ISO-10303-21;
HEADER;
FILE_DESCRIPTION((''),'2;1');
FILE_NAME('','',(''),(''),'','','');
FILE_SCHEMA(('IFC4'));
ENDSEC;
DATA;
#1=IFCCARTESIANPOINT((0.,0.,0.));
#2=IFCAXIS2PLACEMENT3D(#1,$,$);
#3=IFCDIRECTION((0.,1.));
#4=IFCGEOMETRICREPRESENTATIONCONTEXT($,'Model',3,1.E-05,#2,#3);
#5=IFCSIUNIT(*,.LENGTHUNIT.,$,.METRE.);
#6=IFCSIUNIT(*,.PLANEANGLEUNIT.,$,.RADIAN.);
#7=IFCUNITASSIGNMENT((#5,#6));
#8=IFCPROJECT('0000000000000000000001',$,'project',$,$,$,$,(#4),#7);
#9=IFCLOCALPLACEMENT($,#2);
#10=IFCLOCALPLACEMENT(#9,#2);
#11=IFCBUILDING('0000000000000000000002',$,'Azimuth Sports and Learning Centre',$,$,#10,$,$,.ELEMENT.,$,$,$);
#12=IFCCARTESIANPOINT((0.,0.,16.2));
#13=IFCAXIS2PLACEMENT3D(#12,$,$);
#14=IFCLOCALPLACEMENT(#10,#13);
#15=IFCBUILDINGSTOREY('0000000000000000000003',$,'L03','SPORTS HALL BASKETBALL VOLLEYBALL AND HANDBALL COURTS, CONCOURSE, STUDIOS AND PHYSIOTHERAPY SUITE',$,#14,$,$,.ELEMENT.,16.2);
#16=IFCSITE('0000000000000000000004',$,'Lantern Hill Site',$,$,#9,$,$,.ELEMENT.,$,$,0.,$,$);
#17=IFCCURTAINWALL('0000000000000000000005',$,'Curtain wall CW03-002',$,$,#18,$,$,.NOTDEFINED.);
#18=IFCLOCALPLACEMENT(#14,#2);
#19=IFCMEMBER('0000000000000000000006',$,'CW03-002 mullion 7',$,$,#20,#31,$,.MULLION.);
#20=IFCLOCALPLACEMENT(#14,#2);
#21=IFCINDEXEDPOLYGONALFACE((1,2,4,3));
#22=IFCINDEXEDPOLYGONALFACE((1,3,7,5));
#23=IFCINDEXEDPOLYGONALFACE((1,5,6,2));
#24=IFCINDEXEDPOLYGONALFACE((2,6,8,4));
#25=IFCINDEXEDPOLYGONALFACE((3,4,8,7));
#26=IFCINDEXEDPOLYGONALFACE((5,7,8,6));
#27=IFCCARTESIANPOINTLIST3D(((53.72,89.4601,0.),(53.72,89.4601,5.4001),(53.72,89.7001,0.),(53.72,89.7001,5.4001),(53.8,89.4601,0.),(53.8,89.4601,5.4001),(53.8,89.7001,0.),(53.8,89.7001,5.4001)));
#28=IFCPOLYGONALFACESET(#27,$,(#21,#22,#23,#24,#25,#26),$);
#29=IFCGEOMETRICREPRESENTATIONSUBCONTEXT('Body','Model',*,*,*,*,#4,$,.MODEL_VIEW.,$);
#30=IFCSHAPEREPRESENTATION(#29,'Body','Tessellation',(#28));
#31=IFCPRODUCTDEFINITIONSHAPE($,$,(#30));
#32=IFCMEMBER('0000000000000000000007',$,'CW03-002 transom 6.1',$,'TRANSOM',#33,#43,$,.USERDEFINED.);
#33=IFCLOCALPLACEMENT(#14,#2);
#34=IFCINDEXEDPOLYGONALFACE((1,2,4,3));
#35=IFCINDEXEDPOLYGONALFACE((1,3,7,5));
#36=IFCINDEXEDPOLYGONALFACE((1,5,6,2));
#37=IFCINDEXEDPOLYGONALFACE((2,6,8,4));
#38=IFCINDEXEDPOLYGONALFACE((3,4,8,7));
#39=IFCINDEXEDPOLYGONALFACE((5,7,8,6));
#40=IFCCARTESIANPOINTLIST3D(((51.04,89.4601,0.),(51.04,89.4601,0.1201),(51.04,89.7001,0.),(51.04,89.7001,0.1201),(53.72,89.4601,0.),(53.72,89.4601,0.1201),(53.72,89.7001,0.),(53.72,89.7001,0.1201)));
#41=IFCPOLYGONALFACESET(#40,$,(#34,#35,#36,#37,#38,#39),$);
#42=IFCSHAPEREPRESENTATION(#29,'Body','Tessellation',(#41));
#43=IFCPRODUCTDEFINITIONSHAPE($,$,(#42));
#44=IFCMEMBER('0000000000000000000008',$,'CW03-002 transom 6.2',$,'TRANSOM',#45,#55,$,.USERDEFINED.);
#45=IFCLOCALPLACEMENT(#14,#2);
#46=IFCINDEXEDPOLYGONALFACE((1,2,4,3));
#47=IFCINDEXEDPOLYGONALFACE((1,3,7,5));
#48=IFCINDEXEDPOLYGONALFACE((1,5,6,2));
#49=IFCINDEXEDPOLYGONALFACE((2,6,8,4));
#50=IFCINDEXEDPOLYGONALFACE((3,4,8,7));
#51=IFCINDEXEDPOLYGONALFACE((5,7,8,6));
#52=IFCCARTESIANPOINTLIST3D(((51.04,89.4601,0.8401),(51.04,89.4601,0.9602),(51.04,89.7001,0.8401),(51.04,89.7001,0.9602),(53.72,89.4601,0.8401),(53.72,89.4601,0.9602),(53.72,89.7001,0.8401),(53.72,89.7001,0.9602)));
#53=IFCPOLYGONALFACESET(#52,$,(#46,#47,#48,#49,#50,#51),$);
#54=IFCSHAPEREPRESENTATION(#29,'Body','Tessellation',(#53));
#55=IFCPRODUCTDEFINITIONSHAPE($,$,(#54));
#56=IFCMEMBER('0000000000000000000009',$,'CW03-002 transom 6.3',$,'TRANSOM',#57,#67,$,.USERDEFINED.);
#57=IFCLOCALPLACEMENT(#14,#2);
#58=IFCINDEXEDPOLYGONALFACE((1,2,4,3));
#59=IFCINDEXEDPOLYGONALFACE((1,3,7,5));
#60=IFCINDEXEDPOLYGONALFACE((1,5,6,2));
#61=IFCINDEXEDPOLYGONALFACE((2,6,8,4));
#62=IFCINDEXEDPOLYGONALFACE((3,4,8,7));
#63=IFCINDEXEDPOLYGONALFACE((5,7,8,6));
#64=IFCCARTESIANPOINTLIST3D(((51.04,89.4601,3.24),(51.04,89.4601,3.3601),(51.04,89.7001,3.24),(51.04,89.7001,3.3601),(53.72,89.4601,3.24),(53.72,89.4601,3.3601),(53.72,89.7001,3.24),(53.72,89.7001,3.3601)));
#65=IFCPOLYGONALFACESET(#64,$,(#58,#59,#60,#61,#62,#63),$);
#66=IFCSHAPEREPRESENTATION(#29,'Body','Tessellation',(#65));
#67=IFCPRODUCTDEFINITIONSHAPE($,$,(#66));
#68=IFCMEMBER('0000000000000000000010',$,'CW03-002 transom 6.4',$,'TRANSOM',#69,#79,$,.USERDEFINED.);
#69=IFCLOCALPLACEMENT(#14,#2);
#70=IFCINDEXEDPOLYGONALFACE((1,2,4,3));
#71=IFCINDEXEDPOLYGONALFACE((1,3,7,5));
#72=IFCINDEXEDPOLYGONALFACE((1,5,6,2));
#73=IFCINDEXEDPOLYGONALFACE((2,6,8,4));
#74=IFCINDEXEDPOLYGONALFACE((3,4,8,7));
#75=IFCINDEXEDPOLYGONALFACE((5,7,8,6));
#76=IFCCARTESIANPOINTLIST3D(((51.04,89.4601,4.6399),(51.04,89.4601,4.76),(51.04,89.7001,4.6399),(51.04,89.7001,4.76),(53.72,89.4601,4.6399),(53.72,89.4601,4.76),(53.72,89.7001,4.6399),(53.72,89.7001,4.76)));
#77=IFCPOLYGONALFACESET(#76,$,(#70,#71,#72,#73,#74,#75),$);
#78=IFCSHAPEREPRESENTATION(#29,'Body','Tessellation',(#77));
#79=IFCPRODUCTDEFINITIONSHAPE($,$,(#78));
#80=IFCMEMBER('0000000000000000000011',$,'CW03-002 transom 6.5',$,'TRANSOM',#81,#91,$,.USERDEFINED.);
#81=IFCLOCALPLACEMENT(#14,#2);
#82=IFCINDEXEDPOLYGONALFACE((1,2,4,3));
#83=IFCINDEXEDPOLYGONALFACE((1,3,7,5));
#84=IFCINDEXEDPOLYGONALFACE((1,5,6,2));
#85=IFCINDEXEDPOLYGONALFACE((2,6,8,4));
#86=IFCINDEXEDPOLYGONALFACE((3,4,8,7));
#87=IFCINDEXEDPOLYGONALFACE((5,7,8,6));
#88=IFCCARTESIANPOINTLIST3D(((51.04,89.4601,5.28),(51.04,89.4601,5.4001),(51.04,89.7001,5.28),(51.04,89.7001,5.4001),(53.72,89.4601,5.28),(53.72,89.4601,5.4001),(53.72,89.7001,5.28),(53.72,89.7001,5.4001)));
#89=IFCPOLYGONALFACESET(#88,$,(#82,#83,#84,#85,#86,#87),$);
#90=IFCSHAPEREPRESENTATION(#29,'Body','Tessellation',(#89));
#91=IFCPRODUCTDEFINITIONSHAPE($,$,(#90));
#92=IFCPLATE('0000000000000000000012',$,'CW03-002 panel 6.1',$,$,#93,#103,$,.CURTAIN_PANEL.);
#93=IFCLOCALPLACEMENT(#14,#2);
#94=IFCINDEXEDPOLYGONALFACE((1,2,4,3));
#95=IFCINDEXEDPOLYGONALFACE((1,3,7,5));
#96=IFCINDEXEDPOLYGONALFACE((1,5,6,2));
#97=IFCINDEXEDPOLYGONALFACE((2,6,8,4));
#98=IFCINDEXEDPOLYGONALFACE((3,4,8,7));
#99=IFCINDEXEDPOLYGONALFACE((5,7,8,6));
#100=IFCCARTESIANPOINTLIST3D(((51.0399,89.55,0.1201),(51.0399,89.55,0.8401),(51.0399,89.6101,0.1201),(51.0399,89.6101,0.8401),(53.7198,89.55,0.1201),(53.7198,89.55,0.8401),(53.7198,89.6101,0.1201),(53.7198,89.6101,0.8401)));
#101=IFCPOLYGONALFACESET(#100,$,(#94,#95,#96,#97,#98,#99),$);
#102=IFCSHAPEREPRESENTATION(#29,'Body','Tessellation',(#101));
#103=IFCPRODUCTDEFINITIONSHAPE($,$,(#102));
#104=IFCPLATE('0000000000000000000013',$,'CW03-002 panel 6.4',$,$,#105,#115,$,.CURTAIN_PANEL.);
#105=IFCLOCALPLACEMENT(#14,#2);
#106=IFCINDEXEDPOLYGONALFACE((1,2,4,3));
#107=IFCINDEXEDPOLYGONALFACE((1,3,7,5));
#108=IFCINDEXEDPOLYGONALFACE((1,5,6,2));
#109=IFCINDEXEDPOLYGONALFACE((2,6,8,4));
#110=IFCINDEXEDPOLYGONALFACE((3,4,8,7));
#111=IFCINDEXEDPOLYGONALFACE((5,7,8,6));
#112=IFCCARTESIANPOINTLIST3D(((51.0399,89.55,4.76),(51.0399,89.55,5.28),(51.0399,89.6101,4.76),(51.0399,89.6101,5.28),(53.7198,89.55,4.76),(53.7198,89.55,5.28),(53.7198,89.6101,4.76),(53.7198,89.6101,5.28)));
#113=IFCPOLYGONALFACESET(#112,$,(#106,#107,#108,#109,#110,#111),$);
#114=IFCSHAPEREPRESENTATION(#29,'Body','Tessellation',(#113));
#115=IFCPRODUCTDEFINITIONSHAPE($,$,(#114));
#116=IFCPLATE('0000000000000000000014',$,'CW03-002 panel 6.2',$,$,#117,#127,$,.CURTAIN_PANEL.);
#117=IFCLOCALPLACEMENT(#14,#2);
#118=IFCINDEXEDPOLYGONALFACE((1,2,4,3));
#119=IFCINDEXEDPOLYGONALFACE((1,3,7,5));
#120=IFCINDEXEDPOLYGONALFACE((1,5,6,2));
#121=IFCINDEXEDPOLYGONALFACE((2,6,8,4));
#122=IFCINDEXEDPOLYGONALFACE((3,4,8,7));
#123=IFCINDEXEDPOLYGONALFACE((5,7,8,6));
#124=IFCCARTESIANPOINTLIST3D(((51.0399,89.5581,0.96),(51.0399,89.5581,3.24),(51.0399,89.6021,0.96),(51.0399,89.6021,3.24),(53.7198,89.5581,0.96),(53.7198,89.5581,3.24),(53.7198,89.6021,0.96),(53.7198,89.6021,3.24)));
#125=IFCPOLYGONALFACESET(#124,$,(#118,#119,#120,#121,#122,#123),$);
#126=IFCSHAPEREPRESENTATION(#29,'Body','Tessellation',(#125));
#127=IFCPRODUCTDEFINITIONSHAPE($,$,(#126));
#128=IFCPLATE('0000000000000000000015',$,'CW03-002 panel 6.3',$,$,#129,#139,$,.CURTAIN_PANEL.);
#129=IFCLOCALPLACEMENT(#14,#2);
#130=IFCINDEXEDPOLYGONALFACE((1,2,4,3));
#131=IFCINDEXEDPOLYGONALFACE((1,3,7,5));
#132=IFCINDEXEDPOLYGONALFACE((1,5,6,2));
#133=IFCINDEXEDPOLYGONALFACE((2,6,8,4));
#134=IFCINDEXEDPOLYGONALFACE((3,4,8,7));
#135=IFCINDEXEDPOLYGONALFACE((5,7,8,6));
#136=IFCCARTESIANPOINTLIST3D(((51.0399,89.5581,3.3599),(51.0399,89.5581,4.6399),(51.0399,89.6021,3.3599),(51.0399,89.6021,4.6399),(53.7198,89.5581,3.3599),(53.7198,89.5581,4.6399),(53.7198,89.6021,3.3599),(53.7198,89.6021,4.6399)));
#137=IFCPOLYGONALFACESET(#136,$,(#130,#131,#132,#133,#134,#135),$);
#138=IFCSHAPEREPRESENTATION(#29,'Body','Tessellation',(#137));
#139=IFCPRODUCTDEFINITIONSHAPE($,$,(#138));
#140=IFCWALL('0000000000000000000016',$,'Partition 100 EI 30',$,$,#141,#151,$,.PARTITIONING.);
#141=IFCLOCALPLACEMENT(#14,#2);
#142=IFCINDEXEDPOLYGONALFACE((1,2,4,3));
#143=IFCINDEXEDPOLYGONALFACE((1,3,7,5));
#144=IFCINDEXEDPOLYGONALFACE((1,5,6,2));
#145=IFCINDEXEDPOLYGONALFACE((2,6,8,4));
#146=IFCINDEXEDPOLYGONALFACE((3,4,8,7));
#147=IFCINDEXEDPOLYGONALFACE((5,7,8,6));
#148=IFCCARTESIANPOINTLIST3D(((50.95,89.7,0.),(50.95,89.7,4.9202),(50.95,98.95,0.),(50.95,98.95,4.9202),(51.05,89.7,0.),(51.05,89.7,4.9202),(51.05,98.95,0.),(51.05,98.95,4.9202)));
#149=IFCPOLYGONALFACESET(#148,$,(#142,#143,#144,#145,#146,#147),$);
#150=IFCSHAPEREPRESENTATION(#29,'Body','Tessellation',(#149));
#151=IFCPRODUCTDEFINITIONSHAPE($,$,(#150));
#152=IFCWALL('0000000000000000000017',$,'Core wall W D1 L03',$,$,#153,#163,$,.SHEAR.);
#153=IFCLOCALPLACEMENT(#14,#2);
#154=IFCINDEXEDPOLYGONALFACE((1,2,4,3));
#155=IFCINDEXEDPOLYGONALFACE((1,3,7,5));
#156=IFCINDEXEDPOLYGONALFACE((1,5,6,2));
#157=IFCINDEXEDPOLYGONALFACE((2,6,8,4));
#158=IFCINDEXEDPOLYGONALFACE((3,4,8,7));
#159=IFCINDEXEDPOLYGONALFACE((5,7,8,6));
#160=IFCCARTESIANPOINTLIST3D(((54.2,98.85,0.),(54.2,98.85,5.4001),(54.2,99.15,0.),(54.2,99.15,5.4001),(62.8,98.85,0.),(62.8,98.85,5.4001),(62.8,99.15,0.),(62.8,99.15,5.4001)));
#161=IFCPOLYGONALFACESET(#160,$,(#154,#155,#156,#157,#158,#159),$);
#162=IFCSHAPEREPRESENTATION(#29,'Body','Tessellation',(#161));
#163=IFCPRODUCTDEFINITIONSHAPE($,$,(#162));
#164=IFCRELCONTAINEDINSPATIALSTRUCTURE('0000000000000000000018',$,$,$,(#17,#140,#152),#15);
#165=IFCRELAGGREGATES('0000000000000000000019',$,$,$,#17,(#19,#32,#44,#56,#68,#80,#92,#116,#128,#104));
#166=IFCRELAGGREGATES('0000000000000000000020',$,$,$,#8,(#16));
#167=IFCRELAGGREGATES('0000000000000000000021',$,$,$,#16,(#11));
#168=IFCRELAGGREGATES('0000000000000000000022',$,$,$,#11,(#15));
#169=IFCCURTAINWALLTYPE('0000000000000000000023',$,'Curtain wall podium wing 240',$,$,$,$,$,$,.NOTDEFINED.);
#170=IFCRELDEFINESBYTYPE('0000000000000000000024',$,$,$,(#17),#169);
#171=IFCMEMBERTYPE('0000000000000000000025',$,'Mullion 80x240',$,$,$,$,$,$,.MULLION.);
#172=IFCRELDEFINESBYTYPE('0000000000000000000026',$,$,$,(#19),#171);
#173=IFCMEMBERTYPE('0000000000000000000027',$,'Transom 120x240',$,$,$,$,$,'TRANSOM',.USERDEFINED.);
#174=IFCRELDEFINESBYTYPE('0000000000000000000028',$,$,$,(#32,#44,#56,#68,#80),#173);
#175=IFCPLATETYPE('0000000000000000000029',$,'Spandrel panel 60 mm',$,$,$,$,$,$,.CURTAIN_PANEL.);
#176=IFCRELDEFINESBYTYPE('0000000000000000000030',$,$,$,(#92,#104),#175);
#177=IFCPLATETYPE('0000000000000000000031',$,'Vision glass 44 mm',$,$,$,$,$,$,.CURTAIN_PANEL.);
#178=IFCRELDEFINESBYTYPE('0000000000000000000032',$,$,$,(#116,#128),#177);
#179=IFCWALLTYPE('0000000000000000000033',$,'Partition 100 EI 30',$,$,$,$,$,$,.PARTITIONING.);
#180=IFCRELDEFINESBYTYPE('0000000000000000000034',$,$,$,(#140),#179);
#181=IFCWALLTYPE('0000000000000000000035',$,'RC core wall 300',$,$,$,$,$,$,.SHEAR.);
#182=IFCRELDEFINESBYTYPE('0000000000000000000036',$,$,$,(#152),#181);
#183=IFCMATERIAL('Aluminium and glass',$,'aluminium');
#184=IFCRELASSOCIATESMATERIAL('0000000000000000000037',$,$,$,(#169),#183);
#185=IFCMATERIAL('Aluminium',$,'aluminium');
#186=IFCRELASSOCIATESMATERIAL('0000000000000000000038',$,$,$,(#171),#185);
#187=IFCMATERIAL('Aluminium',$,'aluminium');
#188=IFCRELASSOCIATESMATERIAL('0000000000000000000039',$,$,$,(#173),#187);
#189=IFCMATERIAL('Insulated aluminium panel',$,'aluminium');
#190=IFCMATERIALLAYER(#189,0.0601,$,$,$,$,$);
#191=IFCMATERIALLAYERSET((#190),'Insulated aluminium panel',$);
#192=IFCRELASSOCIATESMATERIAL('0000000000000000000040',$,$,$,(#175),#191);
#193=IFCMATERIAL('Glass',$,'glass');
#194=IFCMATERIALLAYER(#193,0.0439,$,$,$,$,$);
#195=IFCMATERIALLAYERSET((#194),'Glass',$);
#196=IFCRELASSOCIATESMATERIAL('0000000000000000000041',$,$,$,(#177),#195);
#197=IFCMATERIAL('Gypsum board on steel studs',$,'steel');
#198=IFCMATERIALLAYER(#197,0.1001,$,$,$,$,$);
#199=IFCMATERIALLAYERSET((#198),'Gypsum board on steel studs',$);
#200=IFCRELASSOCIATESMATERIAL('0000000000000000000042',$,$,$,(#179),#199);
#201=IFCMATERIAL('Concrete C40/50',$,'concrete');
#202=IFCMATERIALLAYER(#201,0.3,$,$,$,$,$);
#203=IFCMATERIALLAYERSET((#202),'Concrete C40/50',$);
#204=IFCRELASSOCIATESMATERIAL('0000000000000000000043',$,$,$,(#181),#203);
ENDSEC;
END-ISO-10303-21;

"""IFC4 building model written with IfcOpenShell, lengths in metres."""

from ifc_helpers import new_model, si_unit, direction, frame, frame_2d, origin, origin_2d, place, context, subcontext, project, spatial, rectangle, extrude, material, layer, layer_set, material_profile, profile_set, type_object, element, aggregate, save


model = new_model("IFC4")

# Units and contexts
model_context = context("Model", 3, precision=1e-05, world=origin(), true_north=direction((0.0, 1.0)))
body_context = subcontext(model_context, "Body", "Model", "MODEL_VIEW")
ifc_project = project(units=[si_unit("LENGTHUNIT", "METRE"), si_unit("PLANEANGLEUNIT", "RADIAN")], contexts=[model_context])

# Site, building, storey
site_placement = place(None, origin())
site = spatial("IfcSite", under=ifc_project, at=site_placement, Name="Lantern Hill Site", CompositionType="ELEMENT", RefElevation=0.0)
building_placement = place(site_placement, origin())
building = spatial("IfcBuilding", under=site, at=building_placement, Name="Azimuth Sports and Learning Centre", CompositionType="ELEMENT")
storey_placement = place(building_placement, frame((0.0, 0.0, 16.2)))
storey = spatial("IfcBuildingStorey", under=building, at=storey_placement, Name="L03", Description="SPORTS HALL BASKETBALL VOLLEYBALL AND HANDBALL COURTS, CONCOURSE, STUDIOS AND PHYSIOTHERAPY SUITE", CompositionType="ELEMENT", Elevation=16.2)

# Curtain wall, members, plates
ifc_material_1 = material(Name="Aluminium and glass", Category="aluminium")
curtain_wall_type = type_object("IfcCurtainWallType", Name="Curtain wall podium wing 240", PredefinedType="NOTDEFINED", material=ifc_material_1)
curtain_wall_placement = place(storey_placement, origin())
curtain_wall = element("IfcCurtainWall", 1, at=curtain_wall_placement, inside=storey, type_object=curtain_wall_type, Name="Curtain wall CW03-002", PredefinedType="NOTDEFINED")
ifc_material_2 = material(Name="Aluminium", Category="aluminium")
ifc_material_profile_1 = material_profile(ifc_material_2, rectangle(XDim=0.24, YDim=0.0801, at=origin_2d()), Name="Mullion 80x240")
ifc_profile_set_1 = profile_set([ifc_material_profile_1], Name="Aluminium")
member_type_1 = type_object("IfcMemberType", Name="Mullion 80x240", PredefinedType="MULLION", material=ifc_profile_set_1)
member_1_placement = place(storey_placement, frame((53.76, 89.5801, 0.0), z_axis=(0.0, 0.0, 1.0), x_axis=(0.0, 1.0, 0.0)))
member_1 = element("IfcMember", 2, at=member_1_placement, type_object=member_type_1, Name="CW03-002 mullion 7", PredefinedType="MULLION", context=body_context, shape_type="SweptSolid", body=[
    extrude(rectangle(XDim=0.24, YDim=0.0801, at=origin_2d()), origin(), (0.0, 0.0, 1.0), 5.4001),
])
ifc_material_3 = material(Name="Aluminium", Category="aluminium")
ifc_material_profile_2 = material_profile(ifc_material_3, rectangle(XDim=0.24, YDim=0.1201, at=origin_2d()), Name="Transom 120x240")
ifc_profile_set_2 = profile_set([ifc_material_profile_2], Name="Aluminium")
member_type_2 = type_object("IfcMemberType", Name="Transom 120x240", ElementType="TRANSOM", PredefinedType="USERDEFINED", material=ifc_profile_set_2)
member_2_placement = place(storey_placement, frame((51.04, 89.5801, 0.0601), z_axis=(1.0, 0.0, 0.0), x_axis=(0.0, 1.0, 0.0)))
member_2 = element("IfcMember", 3, at=member_2_placement, type_object=member_type_2, Name="CW03-002 transom 6.1", ObjectType="TRANSOM", PredefinedType="USERDEFINED", context=body_context, shape_type="SweptSolid", body=[
    extrude(rectangle(XDim=0.24, YDim=0.1201, at=origin_2d()), origin(), (0.0, 0.0, 1.0), 2.6799),
])
member_3_placement = place(storey_placement, frame((51.04, 89.5801, 0.9001), z_axis=(1.0, 0.0, 0.0), x_axis=(0.0, 1.0, 0.0)))
member_3 = element("IfcMember", 4, at=member_3_placement, type_object=member_type_2, Name="CW03-002 transom 6.2", ObjectType="TRANSOM", PredefinedType="USERDEFINED", context=body_context, shape_type="SweptSolid", body=[
    extrude(rectangle(XDim=0.24, YDim=0.1201, at=origin_2d()), origin(), (0.0, 0.0, 1.0), 2.6799),
])
member_4_placement = place(storey_placement, frame((51.04, 89.5801, 3.3), z_axis=(1.0, 0.0, 0.0), x_axis=(0.0, 1.0, 0.0)))
member_4 = element("IfcMember", 5, at=member_4_placement, type_object=member_type_2, Name="CW03-002 transom 6.3", ObjectType="TRANSOM", PredefinedType="USERDEFINED", context=body_context, shape_type="SweptSolid", body=[
    extrude(rectangle(XDim=0.24, YDim=0.1201, at=origin_2d()), origin(), (0.0, 0.0, 1.0), 2.6799),
])
member_5_placement = place(storey_placement, frame((51.04, 89.5801, 4.7), z_axis=(1.0, 0.0, 0.0), x_axis=(0.0, 1.0, 0.0)))
member_5 = element("IfcMember", 6, at=member_5_placement, type_object=member_type_2, Name="CW03-002 transom 6.4", ObjectType="TRANSOM", PredefinedType="USERDEFINED", context=body_context, shape_type="SweptSolid", body=[
    extrude(rectangle(XDim=0.24, YDim=0.1201, at=origin_2d()), origin(), (0.0, 0.0, 1.0), 2.6799),
])
member_6_placement = place(storey_placement, frame((51.04, 89.5801, 5.3401), z_axis=(1.0, 0.0, 0.0), x_axis=(0.0, 1.0, 0.0)))
member_6 = element("IfcMember", 7, at=member_6_placement, type_object=member_type_2, Name="CW03-002 transom 6.5", ObjectType="TRANSOM", PredefinedType="USERDEFINED", context=body_context, shape_type="SweptSolid", body=[
    extrude(rectangle(XDim=0.24, YDim=0.1201, at=origin_2d()), origin(), (0.0, 0.0, 1.0), 2.6799),
])
ifc_material_4 = material(Name="Insulated aluminium panel", Category="aluminium")
ifc_layer_1 = layer(ifc_material_4, 0.0601)
ifc_layer_set_1 = layer_set([ifc_layer_1], Name="Insulated aluminium panel")
plate_type_1 = type_object("IfcPlateType", Name="Spandrel panel 60 mm", PredefinedType="CURTAIN_PANEL", material=ifc_layer_set_1)
plate_1_placement = place(storey_placement, frame((52.3799, 89.5801, 0.1201), z_axis=(0.0, 0.0, 1.0), x_axis=(1.0, 0.0, 0.0)))
plate_1 = element("IfcPlate", 8, at=plate_1_placement, type_object=plate_type_1, Name="CW03-002 panel 6.1", PredefinedType="CURTAIN_PANEL", context=body_context, shape_type="SweptSolid", body=[
    extrude(rectangle(XDim=2.6799, YDim=0.0601, at=origin_2d()), origin(), (0.0, 0.0, 1.0), 0.72),
])
plate_2_placement = place(storey_placement, frame((52.3799, 89.5801, 4.76), z_axis=(0.0, 0.0, 1.0), x_axis=(1.0, 0.0, 0.0)))
plate_2 = element("IfcPlate", 9, at=plate_2_placement, type_object=plate_type_1, Name="CW03-002 panel 6.4", PredefinedType="CURTAIN_PANEL", context=body_context, shape_type="SweptSolid", body=[
    extrude(rectangle(XDim=2.6799, YDim=0.0601, at=origin_2d()), origin(), (0.0, 0.0, 1.0), 0.52),
])
ifc_material_5 = material(Name="Glass", Category="glass")
ifc_layer_2 = layer(ifc_material_5, 0.0439)
ifc_layer_set_2 = layer_set([ifc_layer_2], Name="Glass")
plate_type_2 = type_object("IfcPlateType", Name="Vision glass 44 mm", PredefinedType="CURTAIN_PANEL", material=ifc_layer_set_2)
plate_3_placement = place(storey_placement, frame((52.3799, 89.5801, 0.96), z_axis=(0.0, 0.0, 1.0), x_axis=(1.0, 0.0, 0.0)))
plate_3 = element("IfcPlate", 10, at=plate_3_placement, type_object=plate_type_2, Name="CW03-002 panel 6.2", PredefinedType="CURTAIN_PANEL", context=body_context, shape_type="SweptSolid", body=[
    extrude(rectangle(XDim=2.6799, YDim=0.0439, at=origin_2d()), origin(), (0.0, 0.0, 1.0), 2.28),
])
plate_4_placement = place(storey_placement, frame((52.3799, 89.5801, 3.3599), z_axis=(0.0, 0.0, 1.0), x_axis=(1.0, 0.0, 0.0)))
plate_4 = element("IfcPlate", 11, at=plate_4_placement, type_object=plate_type_2, Name="CW03-002 panel 6.3", PredefinedType="CURTAIN_PANEL", context=body_context, shape_type="SweptSolid", body=[
    extrude(rectangle(XDim=2.6799, YDim=0.0439, at=origin_2d()), origin(), (0.0, 0.0, 1.0), 1.28),
])
aggregate(curtain_wall, [member_1, member_2, member_3, member_4, member_5, member_6, plate_1, plate_3, plate_4, plate_2])

# Walls
ifc_material_6 = material(Name="Gypsum board on steel studs", Category="steel")
ifc_layer_3 = layer(ifc_material_6, 0.1001)
ifc_layer_set_3 = layer_set([ifc_layer_3], Name="Gypsum board on steel studs")
wall_type_1 = type_object("IfcWallType", Name="Partition 100 EI 30", PredefinedType="PARTITIONING", material=ifc_layer_set_3)
wall_1_placement = place(storey_placement, frame((51.0, 89.7, 0.0), z_axis=(0.0, 0.0, 1.0), x_axis=(0.0, 1.0, 0.0)))
element("IfcWall", 12, at=wall_1_placement, inside=storey, type_object=wall_type_1, Name="Partition 100 EI 30", PredefinedType="PARTITIONING", context=body_context, shape_type="SweptSolid", body=[
    extrude(rectangle(XDim=9.25, YDim=0.1001, at=frame_2d((4.625, 0.0))), origin(), (0.0, 0.0, 1.0), 4.9202),
])
ifc_material_7 = material(Name="Concrete C40/50", Category="concrete")
ifc_layer_4 = layer(ifc_material_7, 0.3)
ifc_layer_set_4 = layer_set([ifc_layer_4], Name="Concrete C40/50")
wall_type_2 = type_object("IfcWallType", Name="RC core wall 300", PredefinedType="SHEAR", material=ifc_layer_set_4)
wall_2_placement = place(storey_placement, frame((54.2, 99.0, 0.0), z_axis=(0.0, 0.0, 1.0), x_axis=(1.0, 0.0, 0.0)))
element("IfcWall", 13, at=wall_2_placement, inside=storey, type_object=wall_type_2, Name="Core wall W D1 L03", PredefinedType="SHEAR", context=body_context, shape_type="SweptSolid", body=[
    extrude(rectangle(XDim=8.6001, YDim=0.3, at=frame_2d((4.3, 0.0))), origin(), (0.0, 0.0, 1.0), 5.4001),
])

save(model, "model.ifc")
